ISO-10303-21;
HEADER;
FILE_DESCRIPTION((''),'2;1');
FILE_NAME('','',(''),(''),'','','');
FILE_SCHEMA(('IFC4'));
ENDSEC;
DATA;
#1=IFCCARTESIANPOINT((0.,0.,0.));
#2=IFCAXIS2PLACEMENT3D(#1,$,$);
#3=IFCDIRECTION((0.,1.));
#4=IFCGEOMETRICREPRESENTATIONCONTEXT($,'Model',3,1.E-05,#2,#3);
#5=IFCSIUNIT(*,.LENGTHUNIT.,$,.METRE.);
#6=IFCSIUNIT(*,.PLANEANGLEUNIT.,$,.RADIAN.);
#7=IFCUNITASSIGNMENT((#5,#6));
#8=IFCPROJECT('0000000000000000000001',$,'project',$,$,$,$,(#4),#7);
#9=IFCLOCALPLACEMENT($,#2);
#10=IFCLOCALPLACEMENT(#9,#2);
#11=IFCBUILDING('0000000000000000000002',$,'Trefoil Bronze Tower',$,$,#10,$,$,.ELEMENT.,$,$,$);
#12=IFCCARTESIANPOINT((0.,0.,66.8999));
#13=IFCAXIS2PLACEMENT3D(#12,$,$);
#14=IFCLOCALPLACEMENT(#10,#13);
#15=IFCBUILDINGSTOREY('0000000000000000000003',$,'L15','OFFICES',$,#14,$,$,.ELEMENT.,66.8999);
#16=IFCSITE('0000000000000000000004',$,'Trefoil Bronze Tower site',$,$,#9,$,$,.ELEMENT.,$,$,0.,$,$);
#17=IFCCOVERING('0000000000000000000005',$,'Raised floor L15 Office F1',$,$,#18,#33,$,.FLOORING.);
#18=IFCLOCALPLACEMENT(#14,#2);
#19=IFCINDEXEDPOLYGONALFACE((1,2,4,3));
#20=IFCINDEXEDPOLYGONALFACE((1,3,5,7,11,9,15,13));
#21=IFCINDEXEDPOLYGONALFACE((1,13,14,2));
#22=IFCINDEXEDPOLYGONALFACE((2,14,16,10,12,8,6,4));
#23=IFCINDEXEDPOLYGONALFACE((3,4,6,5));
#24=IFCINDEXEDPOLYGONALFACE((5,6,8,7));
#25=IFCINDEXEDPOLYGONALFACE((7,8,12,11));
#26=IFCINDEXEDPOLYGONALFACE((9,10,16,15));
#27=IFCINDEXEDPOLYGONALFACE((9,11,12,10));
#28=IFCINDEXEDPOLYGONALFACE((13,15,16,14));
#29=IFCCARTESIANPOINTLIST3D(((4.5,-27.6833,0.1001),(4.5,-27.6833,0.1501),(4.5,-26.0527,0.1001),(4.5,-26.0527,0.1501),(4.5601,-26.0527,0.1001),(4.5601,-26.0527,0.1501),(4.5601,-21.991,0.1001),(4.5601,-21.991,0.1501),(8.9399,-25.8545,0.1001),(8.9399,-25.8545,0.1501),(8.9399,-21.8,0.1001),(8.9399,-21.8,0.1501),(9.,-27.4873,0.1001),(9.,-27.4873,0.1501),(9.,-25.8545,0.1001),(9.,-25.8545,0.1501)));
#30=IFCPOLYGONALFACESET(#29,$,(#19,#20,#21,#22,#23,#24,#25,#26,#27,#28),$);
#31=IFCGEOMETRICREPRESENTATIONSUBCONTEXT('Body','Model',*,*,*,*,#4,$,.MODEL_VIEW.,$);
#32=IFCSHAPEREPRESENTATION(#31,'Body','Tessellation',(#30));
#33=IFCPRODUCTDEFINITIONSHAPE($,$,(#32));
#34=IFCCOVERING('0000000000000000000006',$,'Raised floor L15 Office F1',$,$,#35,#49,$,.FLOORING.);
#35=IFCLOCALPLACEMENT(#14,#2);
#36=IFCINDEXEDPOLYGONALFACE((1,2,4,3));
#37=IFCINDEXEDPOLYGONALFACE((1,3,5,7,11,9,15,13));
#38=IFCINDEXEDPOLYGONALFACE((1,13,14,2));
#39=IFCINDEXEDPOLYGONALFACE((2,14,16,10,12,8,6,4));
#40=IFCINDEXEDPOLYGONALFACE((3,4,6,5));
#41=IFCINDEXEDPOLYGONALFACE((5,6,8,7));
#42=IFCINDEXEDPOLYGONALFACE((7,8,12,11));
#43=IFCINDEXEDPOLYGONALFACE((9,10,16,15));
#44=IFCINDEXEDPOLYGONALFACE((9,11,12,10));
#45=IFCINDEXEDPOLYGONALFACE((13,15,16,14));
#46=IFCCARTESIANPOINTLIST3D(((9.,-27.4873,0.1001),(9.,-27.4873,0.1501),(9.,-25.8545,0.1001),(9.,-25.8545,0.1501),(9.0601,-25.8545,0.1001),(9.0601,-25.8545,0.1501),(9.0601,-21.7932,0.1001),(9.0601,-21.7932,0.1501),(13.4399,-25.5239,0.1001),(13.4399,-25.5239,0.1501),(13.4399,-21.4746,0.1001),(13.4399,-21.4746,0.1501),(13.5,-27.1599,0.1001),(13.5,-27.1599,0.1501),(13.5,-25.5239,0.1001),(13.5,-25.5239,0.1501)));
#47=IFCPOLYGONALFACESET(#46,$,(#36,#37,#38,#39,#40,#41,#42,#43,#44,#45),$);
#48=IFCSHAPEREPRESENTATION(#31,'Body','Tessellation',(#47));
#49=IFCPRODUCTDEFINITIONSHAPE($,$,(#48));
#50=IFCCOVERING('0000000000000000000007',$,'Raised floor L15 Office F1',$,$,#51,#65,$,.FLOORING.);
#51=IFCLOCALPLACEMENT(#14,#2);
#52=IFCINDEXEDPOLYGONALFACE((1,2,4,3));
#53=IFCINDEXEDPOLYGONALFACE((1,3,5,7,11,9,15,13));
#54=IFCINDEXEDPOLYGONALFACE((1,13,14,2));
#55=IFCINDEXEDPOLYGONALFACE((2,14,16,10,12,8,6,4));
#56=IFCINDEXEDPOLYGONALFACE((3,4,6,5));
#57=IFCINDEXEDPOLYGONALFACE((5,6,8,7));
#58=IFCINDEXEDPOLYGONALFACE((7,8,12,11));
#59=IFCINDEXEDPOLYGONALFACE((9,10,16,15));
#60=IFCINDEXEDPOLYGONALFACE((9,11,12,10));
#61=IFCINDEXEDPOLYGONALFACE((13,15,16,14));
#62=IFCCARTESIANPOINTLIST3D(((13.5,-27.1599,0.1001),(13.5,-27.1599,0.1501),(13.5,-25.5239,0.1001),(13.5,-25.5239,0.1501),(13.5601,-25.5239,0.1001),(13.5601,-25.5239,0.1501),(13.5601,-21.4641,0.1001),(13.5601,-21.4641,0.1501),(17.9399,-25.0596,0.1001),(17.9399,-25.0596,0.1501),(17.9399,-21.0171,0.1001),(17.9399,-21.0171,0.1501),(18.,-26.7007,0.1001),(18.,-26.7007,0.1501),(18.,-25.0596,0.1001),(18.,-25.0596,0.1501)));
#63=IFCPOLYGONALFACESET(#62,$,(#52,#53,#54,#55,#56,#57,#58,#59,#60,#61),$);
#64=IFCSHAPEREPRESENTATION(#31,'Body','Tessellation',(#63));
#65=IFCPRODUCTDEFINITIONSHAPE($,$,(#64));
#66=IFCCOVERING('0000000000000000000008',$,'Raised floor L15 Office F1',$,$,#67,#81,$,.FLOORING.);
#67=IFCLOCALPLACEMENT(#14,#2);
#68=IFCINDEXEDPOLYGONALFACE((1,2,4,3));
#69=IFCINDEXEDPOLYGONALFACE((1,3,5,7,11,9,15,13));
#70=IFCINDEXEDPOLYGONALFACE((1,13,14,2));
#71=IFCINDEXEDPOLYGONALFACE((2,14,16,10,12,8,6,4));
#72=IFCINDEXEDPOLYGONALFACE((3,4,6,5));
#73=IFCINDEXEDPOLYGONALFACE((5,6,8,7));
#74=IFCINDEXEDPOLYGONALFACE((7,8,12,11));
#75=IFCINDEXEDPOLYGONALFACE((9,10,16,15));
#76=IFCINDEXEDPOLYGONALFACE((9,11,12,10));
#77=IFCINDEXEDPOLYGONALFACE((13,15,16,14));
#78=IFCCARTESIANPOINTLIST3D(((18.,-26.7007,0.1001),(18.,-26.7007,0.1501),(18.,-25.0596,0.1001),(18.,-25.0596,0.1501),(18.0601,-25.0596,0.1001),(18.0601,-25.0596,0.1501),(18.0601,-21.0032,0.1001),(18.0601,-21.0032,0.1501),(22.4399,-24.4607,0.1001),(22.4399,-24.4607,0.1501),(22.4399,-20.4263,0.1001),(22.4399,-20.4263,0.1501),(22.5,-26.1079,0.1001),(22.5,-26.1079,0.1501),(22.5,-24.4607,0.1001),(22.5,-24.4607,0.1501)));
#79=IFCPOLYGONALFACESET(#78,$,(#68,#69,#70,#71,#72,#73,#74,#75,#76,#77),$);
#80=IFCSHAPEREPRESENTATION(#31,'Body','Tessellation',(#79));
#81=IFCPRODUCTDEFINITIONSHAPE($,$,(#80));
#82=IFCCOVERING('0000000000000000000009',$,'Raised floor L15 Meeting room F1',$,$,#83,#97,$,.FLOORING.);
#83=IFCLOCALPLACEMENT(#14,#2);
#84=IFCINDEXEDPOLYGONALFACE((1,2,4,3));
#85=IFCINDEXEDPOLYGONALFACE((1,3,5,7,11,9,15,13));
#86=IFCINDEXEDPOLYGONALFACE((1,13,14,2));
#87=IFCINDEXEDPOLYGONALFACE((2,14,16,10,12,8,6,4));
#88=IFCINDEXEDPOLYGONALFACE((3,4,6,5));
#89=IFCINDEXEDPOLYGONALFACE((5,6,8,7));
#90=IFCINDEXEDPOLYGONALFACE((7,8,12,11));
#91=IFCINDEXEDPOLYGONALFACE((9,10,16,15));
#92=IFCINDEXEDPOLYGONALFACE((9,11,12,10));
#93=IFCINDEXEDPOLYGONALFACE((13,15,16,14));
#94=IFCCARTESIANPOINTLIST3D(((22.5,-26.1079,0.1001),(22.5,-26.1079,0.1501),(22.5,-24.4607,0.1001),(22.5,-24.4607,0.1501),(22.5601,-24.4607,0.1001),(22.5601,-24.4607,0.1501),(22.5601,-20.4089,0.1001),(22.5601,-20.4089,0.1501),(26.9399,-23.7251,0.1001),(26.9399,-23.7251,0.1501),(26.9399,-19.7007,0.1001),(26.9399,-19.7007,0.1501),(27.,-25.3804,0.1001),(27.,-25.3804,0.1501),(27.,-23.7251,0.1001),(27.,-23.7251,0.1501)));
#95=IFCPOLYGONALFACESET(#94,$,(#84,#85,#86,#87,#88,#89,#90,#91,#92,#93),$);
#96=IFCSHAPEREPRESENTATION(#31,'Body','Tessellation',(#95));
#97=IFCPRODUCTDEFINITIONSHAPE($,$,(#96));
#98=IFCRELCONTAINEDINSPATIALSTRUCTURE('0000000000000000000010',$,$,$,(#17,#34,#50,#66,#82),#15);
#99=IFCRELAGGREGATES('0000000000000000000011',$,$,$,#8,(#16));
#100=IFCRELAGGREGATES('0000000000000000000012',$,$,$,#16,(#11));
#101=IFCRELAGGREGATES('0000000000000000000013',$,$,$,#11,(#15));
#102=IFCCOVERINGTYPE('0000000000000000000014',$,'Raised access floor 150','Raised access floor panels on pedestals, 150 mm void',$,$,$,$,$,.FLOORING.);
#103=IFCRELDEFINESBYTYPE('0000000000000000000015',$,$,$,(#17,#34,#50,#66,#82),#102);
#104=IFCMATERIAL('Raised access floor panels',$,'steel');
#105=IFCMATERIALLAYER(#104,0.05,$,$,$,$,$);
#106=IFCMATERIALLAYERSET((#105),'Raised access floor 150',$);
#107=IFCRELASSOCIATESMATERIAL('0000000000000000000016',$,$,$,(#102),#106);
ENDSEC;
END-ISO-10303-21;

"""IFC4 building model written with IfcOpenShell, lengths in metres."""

from ifc_helpers import new_model, si_unit, direction, frame, origin, place, context, subcontext, project, spatial, polyline, outline, extrude, material, layer, layer_set, type_object, element, save


model = new_model("IFC4")

# Units and contexts
model_context = context("Model", 3, precision=1e-05, world=origin(), true_north=direction((0.0, 1.0)))
body_context = subcontext(model_context, "Body", "Model", "MODEL_VIEW")
ifc_project = project(units=[si_unit("LENGTHUNIT", "METRE"), si_unit("PLANEANGLEUNIT", "RADIAN")], contexts=[model_context])

# Site, building, storey
site_placement = place(None, origin())
site = spatial("IfcSite", under=ifc_project, at=site_placement, Name="Trefoil Bronze Tower site", CompositionType="ELEMENT", RefElevation=0.0)
building_placement = place(site_placement, origin())
building = spatial("IfcBuilding", under=site, at=building_placement, Name="Trefoil Bronze Tower", CompositionType="ELEMENT")
storey_placement = place(building_placement, frame((0.0, 0.0, 66.8999)))
storey = spatial("IfcBuildingStorey", under=building, at=storey_placement, Name="L15", Description="OFFICES", CompositionType="ELEMENT", Elevation=66.8999)

# Coverings
ifc_material_1 = material(Name="Raised access floor panels", Category="steel")
ifc_layer_1 = layer(ifc_material_1, 0.05)
ifc_layer_set_1 = layer_set([ifc_layer_1], Name="Raised access floor 150")
covering_type_1 = type_object("IfcCoveringType", Name="Raised access floor 150", Description="Raised access floor panels on pedestals, 150 mm void", PredefinedType="FLOORING", material=ifc_layer_set_1)
covering_1_placement = place(storey_placement, frame((0.0, 0.0, 0.1001)))
element("IfcCovering", 1, at=covering_1_placement, inside=storey, type_object=covering_type_1, Name="Raised floor L15 Office F1", PredefinedType="FLOORING", context=body_context, shape_type="SweptSolid", body=[
    extrude(outline(polyline([(9.0, -27.4873), (4.5, -27.6833), (4.5, -26.0527), (4.5601, -26.0527), (4.5601, -21.991), (8.9399, -21.8), (8.9399, -25.8545), (9.0, -25.8545), (9.0, -27.4873)])), origin(), (0.0, 0.0, 1.0), 0.05),
])
covering_2_placement = place(storey_placement, frame((0.0, 0.0, 0.1001)))
element("IfcCovering", 2, at=covering_2_placement, inside=storey, type_object=covering_type_1, Name="Raised floor L15 Office F1", PredefinedType="FLOORING", context=body_context, shape_type="SweptSolid", body=[
    extrude(outline(polyline([(13.5, -27.1599), (9.0, -27.4873), (9.0, -25.8545), (9.0601, -25.8545), (9.0601, -21.7932), (13.4399, -21.4746), (13.4399, -25.5239), (13.5, -25.5239), (13.5, -27.1599)])), origin(), (0.0, 0.0, 1.0), 0.05),
])
covering_3_placement = place(storey_placement, frame((0.0, 0.0, 0.1001)))
element("IfcCovering", 3, at=covering_3_placement, inside=storey, type_object=covering_type_1, Name="Raised floor L15 Office F1", PredefinedType="FLOORING", context=body_context, shape_type="SweptSolid", body=[
    extrude(outline(polyline([(18.0, -26.7007), (13.5, -27.1599), (13.5, -25.5239), (13.5601, -25.5239), (13.5601, -21.4641), (17.9399, -21.0171), (17.9399, -25.0596), (18.0, -25.0596), (18.0, -26.7007)])), origin(), (0.0, 0.0, 1.0), 0.05),
])
covering_4_placement = place(storey_placement, frame((0.0, 0.0, 0.1001)))
element("IfcCovering", 4, at=covering_4_placement, inside=storey, type_object=covering_type_1, Name="Raised floor L15 Office F1", PredefinedType="FLOORING", context=body_context, shape_type="SweptSolid", body=[
    extrude(outline(polyline([(22.5, -26.1079), (18.0, -26.7007), (18.0, -25.0596), (18.0601, -25.0596), (18.0601, -21.0032), (22.4399, -20.4263), (22.4399, -24.4607), (22.5, -24.4607), (22.5, -26.1079)])), origin(), (0.0, 0.0, 1.0), 0.05),
])
covering_5_placement = place(storey_placement, frame((0.0, 0.0, 0.1001)))
element("IfcCovering", 5, at=covering_5_placement, inside=storey, type_object=covering_type_1, Name="Raised floor L15 Meeting room F1", PredefinedType="FLOORING", context=body_context, shape_type="SweptSolid", body=[
    extrude(outline(polyline([(27.0, -25.3804), (22.5, -26.1079), (22.5, -24.4607), (22.5601, -24.4607), (22.5601, -20.4089), (26.9399, -19.7007), (26.9399, -23.7251), (27.0, -23.7251), (27.0, -25.3804)])), origin(), (0.0, 0.0, 1.0), 0.05),
])

save(model, "model.ifc")
